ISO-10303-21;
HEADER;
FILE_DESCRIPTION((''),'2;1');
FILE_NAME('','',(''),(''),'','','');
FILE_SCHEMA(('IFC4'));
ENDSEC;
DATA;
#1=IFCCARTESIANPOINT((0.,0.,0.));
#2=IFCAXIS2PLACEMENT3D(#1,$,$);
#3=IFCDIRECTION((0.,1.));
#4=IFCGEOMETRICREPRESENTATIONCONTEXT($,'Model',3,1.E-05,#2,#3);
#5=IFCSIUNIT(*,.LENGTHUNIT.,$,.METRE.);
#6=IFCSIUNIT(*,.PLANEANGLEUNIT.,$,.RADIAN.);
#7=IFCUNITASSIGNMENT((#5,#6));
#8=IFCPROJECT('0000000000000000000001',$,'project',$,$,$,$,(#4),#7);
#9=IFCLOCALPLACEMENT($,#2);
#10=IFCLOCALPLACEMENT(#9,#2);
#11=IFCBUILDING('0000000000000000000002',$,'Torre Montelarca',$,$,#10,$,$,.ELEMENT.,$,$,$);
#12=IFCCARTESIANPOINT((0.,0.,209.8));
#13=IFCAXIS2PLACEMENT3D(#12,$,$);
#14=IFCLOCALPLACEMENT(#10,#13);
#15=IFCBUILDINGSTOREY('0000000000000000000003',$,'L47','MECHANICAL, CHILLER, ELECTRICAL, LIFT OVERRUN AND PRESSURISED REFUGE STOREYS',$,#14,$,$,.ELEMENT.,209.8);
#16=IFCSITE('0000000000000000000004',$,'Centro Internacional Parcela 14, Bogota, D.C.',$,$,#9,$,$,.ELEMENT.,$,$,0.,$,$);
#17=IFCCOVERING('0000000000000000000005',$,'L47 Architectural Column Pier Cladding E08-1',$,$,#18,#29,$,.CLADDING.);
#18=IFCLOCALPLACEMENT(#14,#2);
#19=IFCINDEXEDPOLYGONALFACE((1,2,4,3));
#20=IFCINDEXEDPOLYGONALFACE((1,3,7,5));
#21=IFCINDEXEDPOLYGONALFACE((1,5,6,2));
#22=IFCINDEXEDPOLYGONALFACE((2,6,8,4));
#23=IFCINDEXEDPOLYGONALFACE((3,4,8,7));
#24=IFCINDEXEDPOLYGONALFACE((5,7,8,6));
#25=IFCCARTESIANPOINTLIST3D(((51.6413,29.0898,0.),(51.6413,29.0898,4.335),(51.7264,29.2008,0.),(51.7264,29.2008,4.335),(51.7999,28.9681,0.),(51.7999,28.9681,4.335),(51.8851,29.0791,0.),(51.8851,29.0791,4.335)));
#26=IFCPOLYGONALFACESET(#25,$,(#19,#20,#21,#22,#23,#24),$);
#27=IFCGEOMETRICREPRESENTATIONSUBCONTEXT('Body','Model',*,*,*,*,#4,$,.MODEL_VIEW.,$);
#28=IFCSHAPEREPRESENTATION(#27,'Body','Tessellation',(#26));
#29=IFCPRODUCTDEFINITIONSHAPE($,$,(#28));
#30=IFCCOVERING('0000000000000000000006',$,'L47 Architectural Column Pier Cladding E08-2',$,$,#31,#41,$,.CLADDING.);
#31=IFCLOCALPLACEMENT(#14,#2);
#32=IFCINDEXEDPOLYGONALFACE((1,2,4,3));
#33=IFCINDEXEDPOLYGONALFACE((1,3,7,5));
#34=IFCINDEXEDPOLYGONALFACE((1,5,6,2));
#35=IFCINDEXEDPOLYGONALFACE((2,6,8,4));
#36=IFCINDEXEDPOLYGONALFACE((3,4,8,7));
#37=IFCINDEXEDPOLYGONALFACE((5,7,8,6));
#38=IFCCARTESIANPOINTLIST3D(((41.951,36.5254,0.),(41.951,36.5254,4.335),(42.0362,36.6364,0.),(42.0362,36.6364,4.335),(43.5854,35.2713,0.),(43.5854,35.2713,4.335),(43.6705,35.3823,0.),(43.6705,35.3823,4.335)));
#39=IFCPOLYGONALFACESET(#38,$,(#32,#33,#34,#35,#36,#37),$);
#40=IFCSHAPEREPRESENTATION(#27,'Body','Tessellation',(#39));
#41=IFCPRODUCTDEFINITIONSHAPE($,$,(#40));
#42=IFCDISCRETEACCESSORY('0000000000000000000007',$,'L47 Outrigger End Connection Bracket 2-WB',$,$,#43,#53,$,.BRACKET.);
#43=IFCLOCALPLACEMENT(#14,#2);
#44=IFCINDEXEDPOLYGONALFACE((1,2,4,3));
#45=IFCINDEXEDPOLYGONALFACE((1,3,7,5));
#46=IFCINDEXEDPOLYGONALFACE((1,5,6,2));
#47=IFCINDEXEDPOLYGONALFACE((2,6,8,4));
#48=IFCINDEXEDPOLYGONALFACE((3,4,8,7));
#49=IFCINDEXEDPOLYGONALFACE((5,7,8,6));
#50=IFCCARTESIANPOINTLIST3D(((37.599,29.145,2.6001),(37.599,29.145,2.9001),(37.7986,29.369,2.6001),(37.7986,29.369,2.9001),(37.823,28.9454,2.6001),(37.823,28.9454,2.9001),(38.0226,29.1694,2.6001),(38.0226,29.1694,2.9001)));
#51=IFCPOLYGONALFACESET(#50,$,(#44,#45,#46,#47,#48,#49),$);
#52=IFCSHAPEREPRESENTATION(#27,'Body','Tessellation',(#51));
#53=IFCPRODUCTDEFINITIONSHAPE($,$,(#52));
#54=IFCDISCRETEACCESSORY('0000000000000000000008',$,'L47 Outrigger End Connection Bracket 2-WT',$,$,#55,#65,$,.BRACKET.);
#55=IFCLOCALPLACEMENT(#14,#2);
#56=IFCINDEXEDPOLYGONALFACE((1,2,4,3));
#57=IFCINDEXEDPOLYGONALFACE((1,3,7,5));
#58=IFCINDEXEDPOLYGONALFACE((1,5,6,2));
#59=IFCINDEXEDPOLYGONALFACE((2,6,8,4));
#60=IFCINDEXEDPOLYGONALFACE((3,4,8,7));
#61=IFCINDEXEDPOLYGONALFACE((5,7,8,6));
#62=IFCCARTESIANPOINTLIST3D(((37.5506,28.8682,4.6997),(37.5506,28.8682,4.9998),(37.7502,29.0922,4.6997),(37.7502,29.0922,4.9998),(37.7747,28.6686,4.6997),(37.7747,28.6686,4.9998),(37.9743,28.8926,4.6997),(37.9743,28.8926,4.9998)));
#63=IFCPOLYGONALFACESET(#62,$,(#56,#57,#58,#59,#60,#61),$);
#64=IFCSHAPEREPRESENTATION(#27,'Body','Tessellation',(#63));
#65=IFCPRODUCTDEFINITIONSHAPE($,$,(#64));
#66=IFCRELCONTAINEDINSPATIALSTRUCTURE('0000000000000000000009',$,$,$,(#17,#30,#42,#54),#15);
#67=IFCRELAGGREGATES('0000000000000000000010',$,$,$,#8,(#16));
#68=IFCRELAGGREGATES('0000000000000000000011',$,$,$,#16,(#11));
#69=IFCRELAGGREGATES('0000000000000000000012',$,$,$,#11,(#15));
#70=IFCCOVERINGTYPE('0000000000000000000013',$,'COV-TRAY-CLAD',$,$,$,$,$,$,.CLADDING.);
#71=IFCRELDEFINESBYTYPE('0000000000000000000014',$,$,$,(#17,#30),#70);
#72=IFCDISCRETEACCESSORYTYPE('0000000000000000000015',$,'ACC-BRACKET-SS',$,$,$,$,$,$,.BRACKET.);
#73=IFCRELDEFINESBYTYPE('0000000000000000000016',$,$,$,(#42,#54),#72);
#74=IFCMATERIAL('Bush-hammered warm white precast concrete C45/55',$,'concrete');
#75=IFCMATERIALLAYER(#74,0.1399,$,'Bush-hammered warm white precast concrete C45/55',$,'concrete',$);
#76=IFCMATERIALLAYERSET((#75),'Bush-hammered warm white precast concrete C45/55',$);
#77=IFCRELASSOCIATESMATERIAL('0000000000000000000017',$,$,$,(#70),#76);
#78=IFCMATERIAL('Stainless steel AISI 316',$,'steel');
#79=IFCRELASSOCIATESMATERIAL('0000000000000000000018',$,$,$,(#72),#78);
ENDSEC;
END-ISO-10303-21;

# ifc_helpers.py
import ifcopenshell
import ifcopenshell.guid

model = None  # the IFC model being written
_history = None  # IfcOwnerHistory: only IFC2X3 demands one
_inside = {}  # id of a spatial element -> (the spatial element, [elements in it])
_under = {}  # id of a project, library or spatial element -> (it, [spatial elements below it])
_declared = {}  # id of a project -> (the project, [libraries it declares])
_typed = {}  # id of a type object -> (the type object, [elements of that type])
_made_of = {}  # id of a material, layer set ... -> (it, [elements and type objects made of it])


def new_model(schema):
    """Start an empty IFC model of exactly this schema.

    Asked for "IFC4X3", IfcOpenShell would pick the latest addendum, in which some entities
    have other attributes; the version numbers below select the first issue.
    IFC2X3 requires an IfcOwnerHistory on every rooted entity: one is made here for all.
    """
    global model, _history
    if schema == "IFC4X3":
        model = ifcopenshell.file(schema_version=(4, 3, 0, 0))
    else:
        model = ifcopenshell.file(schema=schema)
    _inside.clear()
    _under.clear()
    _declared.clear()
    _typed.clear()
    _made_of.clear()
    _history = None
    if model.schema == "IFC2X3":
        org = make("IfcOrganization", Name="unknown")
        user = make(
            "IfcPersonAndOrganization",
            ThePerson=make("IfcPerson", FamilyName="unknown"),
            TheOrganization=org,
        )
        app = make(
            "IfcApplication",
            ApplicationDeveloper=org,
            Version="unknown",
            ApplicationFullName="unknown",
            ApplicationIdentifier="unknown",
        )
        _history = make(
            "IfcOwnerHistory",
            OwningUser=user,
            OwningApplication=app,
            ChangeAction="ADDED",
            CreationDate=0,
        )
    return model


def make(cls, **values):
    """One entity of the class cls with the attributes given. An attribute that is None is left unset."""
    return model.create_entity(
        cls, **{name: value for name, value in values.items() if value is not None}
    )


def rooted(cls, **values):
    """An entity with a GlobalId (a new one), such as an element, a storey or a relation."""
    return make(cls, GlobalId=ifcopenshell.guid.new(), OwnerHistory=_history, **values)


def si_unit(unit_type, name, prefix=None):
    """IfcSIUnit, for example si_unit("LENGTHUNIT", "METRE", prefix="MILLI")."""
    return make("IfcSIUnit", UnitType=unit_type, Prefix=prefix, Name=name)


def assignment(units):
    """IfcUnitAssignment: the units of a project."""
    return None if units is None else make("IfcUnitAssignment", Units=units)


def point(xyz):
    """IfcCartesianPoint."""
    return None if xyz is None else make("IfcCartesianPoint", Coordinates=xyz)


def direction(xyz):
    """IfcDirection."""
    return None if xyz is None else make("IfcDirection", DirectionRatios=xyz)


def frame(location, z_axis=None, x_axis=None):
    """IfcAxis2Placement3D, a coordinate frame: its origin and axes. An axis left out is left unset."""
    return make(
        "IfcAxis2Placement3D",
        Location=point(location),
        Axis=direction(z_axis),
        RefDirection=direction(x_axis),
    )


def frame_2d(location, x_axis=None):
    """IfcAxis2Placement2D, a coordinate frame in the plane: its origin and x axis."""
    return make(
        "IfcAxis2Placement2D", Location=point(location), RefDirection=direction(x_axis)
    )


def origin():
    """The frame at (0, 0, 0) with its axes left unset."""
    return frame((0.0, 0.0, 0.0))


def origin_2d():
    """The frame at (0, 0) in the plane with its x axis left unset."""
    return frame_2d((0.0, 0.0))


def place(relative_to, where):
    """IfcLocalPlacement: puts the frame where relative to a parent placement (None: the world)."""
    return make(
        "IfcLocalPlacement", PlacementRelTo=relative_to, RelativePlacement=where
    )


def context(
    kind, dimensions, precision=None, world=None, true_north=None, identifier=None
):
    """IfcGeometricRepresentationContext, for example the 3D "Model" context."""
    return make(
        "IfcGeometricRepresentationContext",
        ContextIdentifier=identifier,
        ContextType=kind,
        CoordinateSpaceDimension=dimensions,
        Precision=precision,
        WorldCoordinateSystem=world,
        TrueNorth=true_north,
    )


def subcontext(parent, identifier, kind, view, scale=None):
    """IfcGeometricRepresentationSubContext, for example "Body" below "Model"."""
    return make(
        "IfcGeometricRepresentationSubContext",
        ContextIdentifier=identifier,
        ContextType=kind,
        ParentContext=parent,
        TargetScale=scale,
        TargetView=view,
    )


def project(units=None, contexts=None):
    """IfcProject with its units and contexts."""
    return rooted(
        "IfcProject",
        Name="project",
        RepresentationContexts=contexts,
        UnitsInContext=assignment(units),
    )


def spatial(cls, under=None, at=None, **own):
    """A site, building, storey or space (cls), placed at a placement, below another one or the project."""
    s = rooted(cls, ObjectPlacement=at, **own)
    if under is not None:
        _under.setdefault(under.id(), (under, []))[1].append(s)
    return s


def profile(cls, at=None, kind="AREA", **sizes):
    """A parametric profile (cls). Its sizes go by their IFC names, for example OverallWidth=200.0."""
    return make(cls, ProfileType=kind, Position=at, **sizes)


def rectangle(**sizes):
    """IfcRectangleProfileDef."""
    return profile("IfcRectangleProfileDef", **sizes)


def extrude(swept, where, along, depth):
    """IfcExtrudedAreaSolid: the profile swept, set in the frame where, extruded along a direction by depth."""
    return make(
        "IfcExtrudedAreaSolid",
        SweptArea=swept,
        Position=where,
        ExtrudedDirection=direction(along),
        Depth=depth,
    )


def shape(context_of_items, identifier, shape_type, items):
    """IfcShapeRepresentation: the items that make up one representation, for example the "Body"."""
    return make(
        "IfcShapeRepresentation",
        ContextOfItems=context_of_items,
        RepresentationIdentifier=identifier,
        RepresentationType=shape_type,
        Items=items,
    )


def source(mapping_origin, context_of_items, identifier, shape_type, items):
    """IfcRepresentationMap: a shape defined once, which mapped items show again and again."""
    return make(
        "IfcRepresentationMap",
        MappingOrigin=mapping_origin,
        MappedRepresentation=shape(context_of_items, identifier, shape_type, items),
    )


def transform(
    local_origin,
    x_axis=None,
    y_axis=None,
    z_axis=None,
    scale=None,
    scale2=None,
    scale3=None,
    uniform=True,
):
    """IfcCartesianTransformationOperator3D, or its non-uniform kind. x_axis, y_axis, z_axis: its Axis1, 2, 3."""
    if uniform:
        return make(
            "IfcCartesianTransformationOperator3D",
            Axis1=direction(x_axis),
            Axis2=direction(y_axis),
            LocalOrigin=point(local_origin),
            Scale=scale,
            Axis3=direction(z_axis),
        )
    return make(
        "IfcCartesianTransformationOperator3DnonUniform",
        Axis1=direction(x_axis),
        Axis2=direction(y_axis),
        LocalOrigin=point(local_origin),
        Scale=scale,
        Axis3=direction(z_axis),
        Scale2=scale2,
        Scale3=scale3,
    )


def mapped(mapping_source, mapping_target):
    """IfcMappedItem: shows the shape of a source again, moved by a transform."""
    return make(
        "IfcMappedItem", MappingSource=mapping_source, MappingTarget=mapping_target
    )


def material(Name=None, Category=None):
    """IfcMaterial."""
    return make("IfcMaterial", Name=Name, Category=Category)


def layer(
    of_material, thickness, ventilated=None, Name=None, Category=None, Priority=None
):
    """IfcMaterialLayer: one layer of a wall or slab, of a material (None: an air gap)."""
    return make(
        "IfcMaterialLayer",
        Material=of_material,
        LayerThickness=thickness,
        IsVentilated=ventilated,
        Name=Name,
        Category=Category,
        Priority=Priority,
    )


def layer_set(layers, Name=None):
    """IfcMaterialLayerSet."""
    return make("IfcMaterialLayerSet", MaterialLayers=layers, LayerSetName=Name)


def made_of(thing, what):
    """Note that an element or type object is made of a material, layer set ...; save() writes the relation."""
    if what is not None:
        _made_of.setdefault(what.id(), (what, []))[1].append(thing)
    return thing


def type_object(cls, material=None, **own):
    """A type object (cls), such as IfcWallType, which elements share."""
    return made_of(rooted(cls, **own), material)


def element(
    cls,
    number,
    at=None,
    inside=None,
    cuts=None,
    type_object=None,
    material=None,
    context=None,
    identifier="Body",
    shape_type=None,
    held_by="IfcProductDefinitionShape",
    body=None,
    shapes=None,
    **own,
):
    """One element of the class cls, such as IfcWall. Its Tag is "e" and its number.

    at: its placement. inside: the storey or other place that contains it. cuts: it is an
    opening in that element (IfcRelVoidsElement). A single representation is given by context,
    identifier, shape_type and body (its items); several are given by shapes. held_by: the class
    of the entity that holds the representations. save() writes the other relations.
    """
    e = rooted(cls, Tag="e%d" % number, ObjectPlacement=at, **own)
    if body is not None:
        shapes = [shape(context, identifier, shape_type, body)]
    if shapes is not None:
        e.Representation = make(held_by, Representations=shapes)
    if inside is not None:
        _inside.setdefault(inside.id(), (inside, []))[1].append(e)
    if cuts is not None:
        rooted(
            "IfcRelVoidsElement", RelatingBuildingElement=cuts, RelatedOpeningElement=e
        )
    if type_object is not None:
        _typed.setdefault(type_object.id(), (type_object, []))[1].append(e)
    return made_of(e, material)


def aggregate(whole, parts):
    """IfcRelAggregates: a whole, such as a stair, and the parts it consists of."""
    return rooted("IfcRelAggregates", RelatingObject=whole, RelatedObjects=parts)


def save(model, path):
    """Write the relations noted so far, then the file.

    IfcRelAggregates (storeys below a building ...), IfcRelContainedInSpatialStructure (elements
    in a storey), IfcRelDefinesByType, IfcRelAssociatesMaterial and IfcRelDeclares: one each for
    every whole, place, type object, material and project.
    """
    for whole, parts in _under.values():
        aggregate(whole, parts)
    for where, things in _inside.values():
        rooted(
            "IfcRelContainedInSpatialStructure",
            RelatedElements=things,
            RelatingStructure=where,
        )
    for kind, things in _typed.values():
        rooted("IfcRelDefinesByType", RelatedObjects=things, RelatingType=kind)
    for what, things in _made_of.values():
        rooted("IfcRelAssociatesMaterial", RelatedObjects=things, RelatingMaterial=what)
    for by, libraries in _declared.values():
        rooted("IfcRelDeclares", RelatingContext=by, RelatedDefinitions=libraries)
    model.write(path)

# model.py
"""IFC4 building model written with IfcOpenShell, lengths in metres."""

from ifc_helpers import new_model, si_unit, direction, frame, origin, origin_2d, place, context, subcontext, project, spatial, rectangle, extrude, source, transform, mapped, material, layer, layer_set, type_object, element, save


model = new_model("IFC4")

# Units and contexts
model_context = context("Model", 3, precision=1e-05, world=origin(), true_north=direction((0.0, 1.0)))
body_context = subcontext(model_context, "Body", "Model", "MODEL_VIEW")
ifc_project = project(units=[si_unit("LENGTHUNIT", "METRE"), si_unit("PLANEANGLEUNIT", "RADIAN")], contexts=[model_context])

# Site, building, storey
site_placement = place(None, origin())
site = spatial("IfcSite", under=ifc_project, at=site_placement, Name="Centro Internacional Parcela 14, Bogota, D.C.", CompositionType="ELEMENT", RefElevation=0.0)
building_placement = place(site_placement, origin())
building = spatial("IfcBuilding", under=site, at=building_placement, Name="Torre Montelarca", CompositionType="ELEMENT")
storey_placement = place(building_placement, frame((0.0, 0.0, 209.8)))
storey = spatial("IfcBuildingStorey", under=building, at=storey_placement, Name="L47", Description="MECHANICAL, CHILLER, ELECTRICAL, LIFT OVERRUN AND PRESSURISED REFUGE STOREYS", CompositionType="ELEMENT", Elevation=209.8)

# Coverings
ifc_material_1 = material(Name="Bush-hammered warm white precast concrete C45/55", Category="concrete")
ifc_layer_1 = layer(ifc_material_1, 0.1399, Name="Bush-hammered warm white precast concrete C45/55", Category="concrete")
ifc_layer_set_1 = layer_set([ifc_layer_1], Name="Bush-hammered warm white precast concrete C45/55")
covering_type = type_object("IfcCoveringType", Name="COV-TRAY-CLAD", PredefinedType="CLADDING", material=ifc_layer_set_1)
shared_shape_1 = source(origin(), body_context, "Body", "SweptSolid", [
    extrude(rectangle(XDim=0.2, YDim=0.1399, at=origin_2d()), origin(), (0.0, 0.0, 1.0), 4.335),
])
covering_1_placement = place(storey_placement, frame((51.7632, 29.0845, 0.0), z_axis=(0.0, 0.0, 1.0), x_axis=(-0.793352, 0.608763, 0.0)))
element("IfcCovering", 1, at=covering_1_placement, inside=storey, type_object=covering_type, Name="L47 Architectural Column Pier Cladding E08-1", PredefinedType="CLADDING", context=body_context, shape_type="MappedRepresentation", body=[
    mapped(shared_shape_1, transform((0.0, 0.0, 0.0), scale=1.0)),
])
shared_shape_2 = source(origin(), body_context, "Body", "SweptSolid", [
    extrude(rectangle(XDim=2.0601, YDim=0.1399, at=origin_2d()), origin(), (0.0, 0.0, 1.0), 4.335),
])
covering_2_placement = place(storey_placement, frame((42.8108, 35.9539, 0.0), z_axis=(0.0, 0.0, 1.0), x_axis=(-0.793352, 0.608763, 0.0)))
element("IfcCovering", 2, at=covering_2_placement, inside=storey, type_object=covering_type, Name="L47 Architectural Column Pier Cladding E08-2", PredefinedType="CLADDING", context=body_context, shape_type="MappedRepresentation", body=[
    mapped(shared_shape_2, transform((0.0, 0.0, 0.0), scale=1.0)),
])

# Discrete accessories
ifc_material_2 = material(Name="Stainless steel AISI 316", Category="steel")
discrete_accessory_type = type_object("IfcDiscreteAccessoryType", Name="ACC-BRACKET-SS", PredefinedType="BRACKET", material=ifc_material_2)
shared_shape_3 = source(origin(), body_context, "Body", "SweptSolid", [
    extrude(rectangle(XDim=0.3, YDim=0.3, at=origin_2d()), origin(), (0.0, 0.0, 1.0), 0.3),
])
for number, where, z_axis, x_axis, name in (
    (3, (37.8108, 29.1572, 2.6001), (0.0, 0.0, 1.0), (-0.746638, 0.66523, 0.0), "L47 Outrigger End Connection Bracket 2-WB"),
    (4, (37.7625, 28.8804, 4.6997), (0.0, 0.0, 1.0), (-0.746638, 0.66523, 0.0), "L47 Outrigger End Connection Bracket 2-WT"),
):
    element("IfcDiscreteAccessory", number, at=place(storey_placement, frame(where, z_axis=z_axis, x_axis=x_axis)), inside=storey, type_object=discrete_accessory_type, Name=name, PredefinedType="BRACKET", context=body_context, shape_type="MappedRepresentation", body=[
        mapped(shared_shape_3, transform((0.0, 0.0, 0.0), scale=1.0)),
    ])

save(model, "model.ifc")
